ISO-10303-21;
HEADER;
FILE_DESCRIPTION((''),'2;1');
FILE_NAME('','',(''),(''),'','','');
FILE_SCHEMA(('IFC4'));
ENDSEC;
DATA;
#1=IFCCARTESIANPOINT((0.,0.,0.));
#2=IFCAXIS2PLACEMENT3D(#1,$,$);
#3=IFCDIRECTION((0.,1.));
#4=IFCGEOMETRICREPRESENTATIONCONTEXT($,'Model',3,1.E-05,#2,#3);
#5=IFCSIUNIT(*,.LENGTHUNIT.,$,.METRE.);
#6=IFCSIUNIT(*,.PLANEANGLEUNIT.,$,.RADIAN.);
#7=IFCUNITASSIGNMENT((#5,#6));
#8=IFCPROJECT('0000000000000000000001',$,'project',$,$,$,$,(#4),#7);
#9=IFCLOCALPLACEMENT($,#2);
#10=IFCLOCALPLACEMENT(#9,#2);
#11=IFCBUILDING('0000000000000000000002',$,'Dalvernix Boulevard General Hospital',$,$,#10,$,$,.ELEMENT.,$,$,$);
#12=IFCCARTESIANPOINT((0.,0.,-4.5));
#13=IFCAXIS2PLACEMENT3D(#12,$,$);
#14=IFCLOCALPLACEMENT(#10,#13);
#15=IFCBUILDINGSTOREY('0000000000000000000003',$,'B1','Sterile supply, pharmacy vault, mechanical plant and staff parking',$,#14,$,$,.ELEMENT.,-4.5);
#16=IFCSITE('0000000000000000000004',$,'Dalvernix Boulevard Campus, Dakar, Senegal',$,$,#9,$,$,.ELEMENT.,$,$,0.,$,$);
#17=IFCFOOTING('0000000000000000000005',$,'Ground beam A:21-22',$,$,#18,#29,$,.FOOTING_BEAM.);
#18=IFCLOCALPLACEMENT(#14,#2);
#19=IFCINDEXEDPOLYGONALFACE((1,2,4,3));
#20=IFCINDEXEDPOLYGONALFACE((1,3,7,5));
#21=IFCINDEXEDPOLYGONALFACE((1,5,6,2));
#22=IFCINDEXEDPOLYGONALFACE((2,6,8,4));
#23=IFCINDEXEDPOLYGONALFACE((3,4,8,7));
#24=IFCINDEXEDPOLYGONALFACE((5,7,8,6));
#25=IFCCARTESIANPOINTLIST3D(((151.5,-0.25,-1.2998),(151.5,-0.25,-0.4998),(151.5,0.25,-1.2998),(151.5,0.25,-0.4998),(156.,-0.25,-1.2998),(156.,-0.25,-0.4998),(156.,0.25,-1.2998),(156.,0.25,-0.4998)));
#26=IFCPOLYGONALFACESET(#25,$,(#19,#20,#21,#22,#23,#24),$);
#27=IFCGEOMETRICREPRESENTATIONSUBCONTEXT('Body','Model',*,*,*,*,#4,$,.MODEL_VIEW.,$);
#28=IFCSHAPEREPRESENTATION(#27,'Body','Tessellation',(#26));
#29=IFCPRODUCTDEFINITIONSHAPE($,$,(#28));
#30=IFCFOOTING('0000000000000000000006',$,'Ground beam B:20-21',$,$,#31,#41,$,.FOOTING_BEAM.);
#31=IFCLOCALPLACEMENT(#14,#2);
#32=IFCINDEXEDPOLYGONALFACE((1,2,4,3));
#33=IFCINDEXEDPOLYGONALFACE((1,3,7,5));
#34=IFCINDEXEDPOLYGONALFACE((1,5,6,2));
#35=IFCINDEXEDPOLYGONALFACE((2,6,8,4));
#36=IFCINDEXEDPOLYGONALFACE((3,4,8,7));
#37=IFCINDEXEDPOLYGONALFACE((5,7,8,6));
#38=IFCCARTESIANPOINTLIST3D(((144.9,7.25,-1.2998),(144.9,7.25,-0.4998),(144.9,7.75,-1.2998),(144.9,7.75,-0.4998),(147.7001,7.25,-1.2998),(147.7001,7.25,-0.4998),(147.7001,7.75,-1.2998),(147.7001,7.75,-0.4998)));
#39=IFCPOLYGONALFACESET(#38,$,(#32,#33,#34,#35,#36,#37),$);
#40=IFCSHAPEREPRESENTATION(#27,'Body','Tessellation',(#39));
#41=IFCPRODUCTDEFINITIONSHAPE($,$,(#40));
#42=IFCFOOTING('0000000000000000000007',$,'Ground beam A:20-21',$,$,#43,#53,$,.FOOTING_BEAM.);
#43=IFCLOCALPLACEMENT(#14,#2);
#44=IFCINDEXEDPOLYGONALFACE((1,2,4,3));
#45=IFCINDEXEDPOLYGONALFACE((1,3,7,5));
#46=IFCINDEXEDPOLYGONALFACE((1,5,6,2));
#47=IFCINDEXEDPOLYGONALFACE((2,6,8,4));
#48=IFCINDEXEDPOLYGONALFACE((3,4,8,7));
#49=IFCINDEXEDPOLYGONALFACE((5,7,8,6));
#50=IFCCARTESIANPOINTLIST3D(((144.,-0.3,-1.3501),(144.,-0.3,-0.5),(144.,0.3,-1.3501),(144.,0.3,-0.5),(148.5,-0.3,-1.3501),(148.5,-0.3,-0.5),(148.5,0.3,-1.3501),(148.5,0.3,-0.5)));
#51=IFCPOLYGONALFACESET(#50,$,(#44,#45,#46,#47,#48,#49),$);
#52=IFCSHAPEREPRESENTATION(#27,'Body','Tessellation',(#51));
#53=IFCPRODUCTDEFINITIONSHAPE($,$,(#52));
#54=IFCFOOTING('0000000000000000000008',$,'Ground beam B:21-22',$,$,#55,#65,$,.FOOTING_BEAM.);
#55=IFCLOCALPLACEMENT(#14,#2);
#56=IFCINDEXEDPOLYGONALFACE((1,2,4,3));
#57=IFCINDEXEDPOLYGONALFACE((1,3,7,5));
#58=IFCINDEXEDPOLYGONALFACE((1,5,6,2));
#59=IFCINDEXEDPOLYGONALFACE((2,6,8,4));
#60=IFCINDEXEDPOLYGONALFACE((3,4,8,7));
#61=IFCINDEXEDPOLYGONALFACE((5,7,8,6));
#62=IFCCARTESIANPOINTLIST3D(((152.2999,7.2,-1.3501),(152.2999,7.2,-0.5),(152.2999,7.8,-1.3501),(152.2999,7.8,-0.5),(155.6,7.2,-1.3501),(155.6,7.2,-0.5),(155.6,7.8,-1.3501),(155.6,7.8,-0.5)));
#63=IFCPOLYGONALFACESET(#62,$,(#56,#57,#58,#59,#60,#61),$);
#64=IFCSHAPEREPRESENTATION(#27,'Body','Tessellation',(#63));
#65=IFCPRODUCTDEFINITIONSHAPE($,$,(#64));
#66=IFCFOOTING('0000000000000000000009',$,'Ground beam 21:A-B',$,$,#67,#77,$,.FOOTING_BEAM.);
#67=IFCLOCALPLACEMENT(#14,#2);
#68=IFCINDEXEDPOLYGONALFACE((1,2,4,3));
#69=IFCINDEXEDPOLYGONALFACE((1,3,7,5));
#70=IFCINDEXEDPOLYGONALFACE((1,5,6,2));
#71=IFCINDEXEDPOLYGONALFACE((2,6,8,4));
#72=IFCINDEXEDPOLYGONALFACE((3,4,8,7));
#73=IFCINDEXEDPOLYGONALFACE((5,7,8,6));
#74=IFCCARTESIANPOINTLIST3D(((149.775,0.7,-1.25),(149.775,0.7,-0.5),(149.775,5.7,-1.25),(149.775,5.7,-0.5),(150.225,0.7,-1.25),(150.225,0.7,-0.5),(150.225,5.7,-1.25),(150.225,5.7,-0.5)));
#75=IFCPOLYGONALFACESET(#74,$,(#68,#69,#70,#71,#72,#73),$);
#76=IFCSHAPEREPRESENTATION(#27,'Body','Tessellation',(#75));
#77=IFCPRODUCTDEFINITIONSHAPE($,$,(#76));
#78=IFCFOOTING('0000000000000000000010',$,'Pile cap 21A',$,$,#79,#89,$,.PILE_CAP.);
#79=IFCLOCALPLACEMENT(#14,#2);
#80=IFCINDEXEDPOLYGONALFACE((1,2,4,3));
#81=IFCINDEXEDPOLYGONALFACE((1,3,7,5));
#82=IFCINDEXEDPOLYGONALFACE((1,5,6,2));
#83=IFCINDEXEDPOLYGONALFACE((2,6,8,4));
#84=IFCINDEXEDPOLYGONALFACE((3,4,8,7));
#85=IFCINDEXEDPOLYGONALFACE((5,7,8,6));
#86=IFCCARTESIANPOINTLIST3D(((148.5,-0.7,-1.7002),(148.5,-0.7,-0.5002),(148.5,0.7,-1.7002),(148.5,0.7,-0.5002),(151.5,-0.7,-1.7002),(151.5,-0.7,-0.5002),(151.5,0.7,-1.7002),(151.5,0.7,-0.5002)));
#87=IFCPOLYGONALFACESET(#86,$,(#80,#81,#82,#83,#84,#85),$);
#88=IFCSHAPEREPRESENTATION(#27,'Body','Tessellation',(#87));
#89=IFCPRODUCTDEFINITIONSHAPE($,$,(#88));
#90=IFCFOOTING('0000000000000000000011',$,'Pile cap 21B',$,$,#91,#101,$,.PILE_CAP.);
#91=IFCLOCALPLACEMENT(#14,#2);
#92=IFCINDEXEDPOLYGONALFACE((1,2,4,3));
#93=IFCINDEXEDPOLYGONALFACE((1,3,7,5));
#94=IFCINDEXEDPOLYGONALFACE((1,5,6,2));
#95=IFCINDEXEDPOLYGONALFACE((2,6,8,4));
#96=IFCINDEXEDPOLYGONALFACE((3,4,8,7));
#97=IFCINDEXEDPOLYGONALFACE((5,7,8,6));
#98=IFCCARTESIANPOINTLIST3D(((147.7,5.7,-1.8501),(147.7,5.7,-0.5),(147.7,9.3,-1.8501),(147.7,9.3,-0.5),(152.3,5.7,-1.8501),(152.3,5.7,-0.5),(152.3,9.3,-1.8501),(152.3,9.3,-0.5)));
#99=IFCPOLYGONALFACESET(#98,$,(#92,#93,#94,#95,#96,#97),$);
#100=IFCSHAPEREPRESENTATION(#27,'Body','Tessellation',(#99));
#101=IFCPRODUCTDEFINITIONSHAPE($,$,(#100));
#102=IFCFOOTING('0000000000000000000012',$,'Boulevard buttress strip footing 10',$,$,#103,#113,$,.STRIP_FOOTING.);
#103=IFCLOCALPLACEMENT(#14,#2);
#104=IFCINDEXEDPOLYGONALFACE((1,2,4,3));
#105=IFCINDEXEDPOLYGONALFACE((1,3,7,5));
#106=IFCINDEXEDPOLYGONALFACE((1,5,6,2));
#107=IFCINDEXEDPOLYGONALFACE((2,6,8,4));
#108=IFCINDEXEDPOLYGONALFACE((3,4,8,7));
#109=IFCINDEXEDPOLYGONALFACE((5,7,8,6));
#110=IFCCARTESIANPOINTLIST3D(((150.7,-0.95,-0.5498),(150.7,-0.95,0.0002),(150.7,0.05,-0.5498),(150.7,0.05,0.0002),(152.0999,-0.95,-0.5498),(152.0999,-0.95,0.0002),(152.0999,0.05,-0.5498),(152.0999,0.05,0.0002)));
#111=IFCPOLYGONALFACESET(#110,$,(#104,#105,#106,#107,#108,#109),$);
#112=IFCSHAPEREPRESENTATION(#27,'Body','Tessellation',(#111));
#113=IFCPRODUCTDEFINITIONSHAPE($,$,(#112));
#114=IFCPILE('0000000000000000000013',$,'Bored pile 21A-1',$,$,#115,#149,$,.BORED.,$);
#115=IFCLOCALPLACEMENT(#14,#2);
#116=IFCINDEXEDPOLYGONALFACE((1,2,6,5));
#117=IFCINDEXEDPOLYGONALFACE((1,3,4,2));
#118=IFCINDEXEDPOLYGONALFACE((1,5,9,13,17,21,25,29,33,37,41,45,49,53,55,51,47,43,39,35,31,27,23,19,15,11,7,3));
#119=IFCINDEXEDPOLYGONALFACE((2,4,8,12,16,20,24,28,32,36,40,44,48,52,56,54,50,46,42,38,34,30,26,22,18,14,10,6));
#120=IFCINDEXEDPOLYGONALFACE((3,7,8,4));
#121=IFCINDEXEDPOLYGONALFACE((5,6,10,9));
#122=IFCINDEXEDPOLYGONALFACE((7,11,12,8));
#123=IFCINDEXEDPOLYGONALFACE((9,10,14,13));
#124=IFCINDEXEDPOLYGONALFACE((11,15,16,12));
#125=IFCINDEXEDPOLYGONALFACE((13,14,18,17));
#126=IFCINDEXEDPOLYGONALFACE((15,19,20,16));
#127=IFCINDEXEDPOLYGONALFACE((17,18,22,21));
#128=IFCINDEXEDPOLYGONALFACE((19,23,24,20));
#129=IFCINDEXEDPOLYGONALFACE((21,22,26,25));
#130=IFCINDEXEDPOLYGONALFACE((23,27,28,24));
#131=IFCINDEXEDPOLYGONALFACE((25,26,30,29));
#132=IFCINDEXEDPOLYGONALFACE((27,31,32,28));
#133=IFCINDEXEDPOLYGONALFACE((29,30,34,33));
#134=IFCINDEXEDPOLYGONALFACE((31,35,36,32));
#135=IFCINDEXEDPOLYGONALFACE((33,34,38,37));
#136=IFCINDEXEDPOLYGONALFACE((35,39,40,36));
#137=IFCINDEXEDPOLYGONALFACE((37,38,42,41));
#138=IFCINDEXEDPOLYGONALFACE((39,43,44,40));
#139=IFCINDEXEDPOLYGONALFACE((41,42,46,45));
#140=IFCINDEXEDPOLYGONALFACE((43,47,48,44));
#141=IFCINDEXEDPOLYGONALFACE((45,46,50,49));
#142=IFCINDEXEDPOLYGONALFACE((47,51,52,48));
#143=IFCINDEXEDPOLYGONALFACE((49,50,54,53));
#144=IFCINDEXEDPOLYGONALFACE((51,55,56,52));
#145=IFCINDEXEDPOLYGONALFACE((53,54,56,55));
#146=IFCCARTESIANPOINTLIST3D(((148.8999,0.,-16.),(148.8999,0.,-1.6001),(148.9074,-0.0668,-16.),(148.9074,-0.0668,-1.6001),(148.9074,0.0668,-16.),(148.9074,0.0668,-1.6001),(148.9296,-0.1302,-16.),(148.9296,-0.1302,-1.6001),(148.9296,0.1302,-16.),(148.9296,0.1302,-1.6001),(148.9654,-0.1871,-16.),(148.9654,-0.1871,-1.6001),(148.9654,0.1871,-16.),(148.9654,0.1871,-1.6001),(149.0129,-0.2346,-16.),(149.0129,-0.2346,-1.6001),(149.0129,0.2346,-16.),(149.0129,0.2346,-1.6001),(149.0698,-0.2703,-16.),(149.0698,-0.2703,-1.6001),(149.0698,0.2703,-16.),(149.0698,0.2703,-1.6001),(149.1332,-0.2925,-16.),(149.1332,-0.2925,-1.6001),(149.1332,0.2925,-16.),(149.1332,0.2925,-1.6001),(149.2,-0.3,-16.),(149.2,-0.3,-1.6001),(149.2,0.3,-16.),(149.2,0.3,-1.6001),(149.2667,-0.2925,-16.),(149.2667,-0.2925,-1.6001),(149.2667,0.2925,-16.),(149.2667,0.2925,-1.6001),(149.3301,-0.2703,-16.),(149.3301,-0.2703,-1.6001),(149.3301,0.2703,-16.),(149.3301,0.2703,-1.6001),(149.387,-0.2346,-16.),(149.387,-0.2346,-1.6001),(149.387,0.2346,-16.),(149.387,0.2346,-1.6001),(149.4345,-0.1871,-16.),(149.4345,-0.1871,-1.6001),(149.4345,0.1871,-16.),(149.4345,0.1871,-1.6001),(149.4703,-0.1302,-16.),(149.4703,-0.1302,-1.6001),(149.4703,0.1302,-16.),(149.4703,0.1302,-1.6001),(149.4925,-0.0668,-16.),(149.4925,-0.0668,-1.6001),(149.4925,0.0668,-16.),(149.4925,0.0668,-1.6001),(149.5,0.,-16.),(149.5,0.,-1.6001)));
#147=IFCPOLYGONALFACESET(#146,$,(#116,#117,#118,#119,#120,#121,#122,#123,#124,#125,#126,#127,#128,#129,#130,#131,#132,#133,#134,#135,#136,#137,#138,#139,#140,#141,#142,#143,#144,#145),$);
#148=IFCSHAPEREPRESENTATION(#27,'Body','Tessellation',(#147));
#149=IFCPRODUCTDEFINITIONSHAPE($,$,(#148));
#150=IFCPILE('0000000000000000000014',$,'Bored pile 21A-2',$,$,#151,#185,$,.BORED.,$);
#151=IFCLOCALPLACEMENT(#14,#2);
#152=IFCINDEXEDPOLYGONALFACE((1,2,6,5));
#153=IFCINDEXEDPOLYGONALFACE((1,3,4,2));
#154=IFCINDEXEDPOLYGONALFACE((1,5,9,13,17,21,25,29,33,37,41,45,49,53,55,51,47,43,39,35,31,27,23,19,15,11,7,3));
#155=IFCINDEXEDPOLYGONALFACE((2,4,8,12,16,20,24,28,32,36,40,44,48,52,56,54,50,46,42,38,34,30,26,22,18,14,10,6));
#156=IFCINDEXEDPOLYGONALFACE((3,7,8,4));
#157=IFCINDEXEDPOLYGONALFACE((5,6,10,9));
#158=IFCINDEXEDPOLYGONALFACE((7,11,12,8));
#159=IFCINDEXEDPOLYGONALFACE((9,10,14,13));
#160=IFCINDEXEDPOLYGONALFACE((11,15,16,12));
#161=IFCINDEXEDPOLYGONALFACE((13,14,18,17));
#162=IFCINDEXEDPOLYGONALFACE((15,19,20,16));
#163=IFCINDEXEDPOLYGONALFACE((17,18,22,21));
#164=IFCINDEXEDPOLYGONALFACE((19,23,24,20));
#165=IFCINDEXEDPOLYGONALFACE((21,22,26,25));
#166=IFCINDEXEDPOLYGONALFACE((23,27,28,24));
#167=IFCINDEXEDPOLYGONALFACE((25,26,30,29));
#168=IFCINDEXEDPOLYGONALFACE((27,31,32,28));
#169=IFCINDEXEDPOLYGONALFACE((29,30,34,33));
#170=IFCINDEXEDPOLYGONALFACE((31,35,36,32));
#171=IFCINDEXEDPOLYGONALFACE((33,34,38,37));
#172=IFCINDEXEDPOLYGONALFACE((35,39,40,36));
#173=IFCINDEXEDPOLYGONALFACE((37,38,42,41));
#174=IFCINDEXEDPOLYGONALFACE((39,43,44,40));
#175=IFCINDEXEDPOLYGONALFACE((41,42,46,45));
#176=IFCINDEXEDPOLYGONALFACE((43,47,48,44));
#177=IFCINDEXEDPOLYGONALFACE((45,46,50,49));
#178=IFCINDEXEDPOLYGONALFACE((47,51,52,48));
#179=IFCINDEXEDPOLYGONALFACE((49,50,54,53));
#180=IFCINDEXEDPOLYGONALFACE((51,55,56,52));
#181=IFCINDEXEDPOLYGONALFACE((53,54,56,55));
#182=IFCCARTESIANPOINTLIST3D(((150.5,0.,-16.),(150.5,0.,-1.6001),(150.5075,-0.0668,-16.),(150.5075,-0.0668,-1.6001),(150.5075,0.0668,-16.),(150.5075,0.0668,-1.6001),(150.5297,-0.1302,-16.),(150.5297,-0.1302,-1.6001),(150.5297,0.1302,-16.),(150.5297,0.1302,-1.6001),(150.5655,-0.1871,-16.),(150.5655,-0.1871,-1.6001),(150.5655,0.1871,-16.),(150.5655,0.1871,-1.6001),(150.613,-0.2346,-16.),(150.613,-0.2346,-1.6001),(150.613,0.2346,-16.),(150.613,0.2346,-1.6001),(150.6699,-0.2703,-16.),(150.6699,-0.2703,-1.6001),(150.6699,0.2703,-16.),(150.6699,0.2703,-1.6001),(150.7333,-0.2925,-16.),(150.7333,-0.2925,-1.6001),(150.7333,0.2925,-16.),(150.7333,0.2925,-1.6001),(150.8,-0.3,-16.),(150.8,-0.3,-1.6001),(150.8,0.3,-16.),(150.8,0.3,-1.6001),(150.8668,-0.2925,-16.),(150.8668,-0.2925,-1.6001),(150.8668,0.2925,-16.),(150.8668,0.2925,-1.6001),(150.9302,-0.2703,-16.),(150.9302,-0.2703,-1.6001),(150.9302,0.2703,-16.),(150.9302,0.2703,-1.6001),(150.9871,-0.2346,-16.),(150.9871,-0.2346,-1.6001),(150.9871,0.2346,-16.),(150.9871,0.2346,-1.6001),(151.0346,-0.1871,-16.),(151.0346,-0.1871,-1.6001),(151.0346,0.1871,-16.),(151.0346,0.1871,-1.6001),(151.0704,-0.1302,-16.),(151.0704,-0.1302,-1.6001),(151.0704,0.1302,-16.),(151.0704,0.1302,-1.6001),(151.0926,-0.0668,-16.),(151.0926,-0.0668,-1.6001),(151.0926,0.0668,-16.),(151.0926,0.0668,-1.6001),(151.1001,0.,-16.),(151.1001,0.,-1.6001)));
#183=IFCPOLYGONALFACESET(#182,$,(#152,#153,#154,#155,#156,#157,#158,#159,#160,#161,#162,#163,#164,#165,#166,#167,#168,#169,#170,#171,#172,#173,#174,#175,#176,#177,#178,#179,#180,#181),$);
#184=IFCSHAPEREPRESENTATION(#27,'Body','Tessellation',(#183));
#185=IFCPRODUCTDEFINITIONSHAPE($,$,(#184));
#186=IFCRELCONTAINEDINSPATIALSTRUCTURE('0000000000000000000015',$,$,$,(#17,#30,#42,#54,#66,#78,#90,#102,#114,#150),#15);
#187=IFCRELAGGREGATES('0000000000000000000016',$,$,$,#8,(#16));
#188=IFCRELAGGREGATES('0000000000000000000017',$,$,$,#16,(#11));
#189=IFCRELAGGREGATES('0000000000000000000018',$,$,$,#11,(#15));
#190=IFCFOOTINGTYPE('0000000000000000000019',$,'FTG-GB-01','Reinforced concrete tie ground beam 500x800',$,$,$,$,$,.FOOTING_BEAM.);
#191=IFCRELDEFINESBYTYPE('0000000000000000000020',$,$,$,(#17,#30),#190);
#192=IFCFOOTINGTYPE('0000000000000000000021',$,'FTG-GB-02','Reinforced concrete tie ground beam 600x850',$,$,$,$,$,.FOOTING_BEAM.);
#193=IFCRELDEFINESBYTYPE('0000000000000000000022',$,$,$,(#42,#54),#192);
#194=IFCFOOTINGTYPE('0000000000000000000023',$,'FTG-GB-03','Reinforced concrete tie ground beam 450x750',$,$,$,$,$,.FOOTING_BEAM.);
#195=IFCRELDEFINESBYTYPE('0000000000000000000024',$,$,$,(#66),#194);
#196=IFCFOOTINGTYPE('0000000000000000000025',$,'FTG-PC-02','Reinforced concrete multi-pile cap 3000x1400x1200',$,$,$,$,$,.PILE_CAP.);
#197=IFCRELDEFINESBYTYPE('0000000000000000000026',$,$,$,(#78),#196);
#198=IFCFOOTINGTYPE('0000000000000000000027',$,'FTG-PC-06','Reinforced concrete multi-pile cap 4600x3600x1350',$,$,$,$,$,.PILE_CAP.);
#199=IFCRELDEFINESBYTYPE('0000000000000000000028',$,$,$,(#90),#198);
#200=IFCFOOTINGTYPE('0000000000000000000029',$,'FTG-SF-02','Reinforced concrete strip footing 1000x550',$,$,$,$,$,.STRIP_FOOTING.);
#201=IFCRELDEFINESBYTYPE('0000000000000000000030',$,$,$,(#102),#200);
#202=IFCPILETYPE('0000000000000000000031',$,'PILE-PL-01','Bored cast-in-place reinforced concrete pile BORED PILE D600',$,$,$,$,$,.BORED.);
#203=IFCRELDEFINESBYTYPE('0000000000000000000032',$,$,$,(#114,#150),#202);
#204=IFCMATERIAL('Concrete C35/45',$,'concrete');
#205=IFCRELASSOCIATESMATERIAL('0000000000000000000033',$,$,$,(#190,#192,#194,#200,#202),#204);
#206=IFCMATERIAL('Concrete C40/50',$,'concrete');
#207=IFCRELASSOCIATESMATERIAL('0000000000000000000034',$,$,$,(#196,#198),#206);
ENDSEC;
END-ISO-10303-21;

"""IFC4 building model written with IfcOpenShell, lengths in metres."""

from ifc_helpers import new_model, si_unit, direction, frame, origin, origin_2d, place, context, subcontext, project, spatial, rectangle, circle, extrude, material, material_profile, profile_set, type_object, element, save


model = new_model("IFC4")

# Units and contexts
model_context = context("Model", 3, precision=1e-05, world=origin(), true_north=direction((0.0, 1.0)))
body_context = subcontext(model_context, "Body", "Model", "MODEL_VIEW")
ifc_project = project(units=[si_unit("LENGTHUNIT", "METRE"), si_unit("PLANEANGLEUNIT", "RADIAN")], contexts=[model_context])

# Site, building, storey
site_placement = place(None, origin())
site = spatial("IfcSite", under=ifc_project, at=site_placement, Name="Dalvernix Boulevard Campus, Dakar, Senegal", CompositionType="ELEMENT", RefElevation=0.0)
building_placement = place(site_placement, origin())
building = spatial("IfcBuilding", under=site, at=building_placement, Name="Dalvernix Boulevard General Hospital", CompositionType="ELEMENT")
storey_placement = place(building_placement, frame((0.0, 0.0, -4.5)))
storey = spatial("IfcBuildingStorey", under=building, at=storey_placement, Name="B1", Description="Sterile supply, pharmacy vault, mechanical plant and staff parking", CompositionType="ELEMENT", Elevation=-4.5)

# Footings
ifc_material_1 = material(Name="Concrete C35/45", Category="concrete")
footing_type_1 = type_object("IfcFootingType", Name="FTG-GB-01", Description="Reinforced concrete tie ground beam 500x800", PredefinedType="FOOTING_BEAM", material=ifc_material_1)
footing_1_placement = place(storey_placement, frame((153.75, 0.0, -1.2998), z_axis=(0.0, 0.0, 1.0), x_axis=(1.0, 0.0, 0.0)))
element("IfcFooting", 1, at=footing_1_placement, inside=storey, type_object=footing_type_1, Name="Ground beam A:21-22", PredefinedType="FOOTING_BEAM", context=body_context, shape_type="SweptSolid", body=[
    extrude(rectangle(XDim=4.5, YDim=0.5, at=origin_2d()), origin(), (0.0, 0.0, 1.0), 0.8),
])
footing_2_placement = place(storey_placement, frame((146.3, 7.5, -1.2998), z_axis=(0.0, 0.0, 1.0), x_axis=(1.0, 0.0, 0.0)))
element("IfcFooting", 2, at=footing_2_placement, inside=storey, type_object=footing_type_1, Name="Ground beam B:20-21", PredefinedType="FOOTING_BEAM", context=body_context, shape_type="SweptSolid", body=[
    extrude(rectangle(XDim=2.8, YDim=0.5, at=origin_2d()), origin(), (0.0, 0.0, 1.0), 0.8),
])
footing_type_2 = type_object("IfcFootingType", Name="FTG-GB-02", Description="Reinforced concrete tie ground beam 600x850", PredefinedType="FOOTING_BEAM", material=ifc_material_1)
footing_3_placement = place(storey_placement, frame((146.25, 0.0, -1.3501), z_axis=(0.0, 0.0, 1.0), x_axis=(1.0, 0.0, 0.0)))
element("IfcFooting", 3, at=footing_3_placement, inside=storey, type_object=footing_type_2, Name="Ground beam A:20-21", PredefinedType="FOOTING_BEAM", context=body_context, shape_type="SweptSolid", body=[
    extrude(rectangle(XDim=4.5, YDim=0.6001, at=origin_2d()), origin(), (0.0, 0.0, 1.0), 0.8501),
])
footing_4_placement = place(storey_placement, frame((153.95, 7.5, -1.3501), z_axis=(0.0, 0.0, 1.0), x_axis=(1.0, 0.0, 0.0)))
element("IfcFooting", 4, at=footing_4_placement, inside=storey, type_object=footing_type_2, Name="Ground beam B:21-22", PredefinedType="FOOTING_BEAM", context=body_context, shape_type="SweptSolid", body=[
    extrude(rectangle(XDim=3.3, YDim=0.6001, at=origin_2d()), origin(), (0.0, 0.0, 1.0), 0.8501),
])
footing_type_3 = type_object("IfcFootingType", Name="FTG-GB-03", Description="Reinforced concrete tie ground beam 450x750", PredefinedType="FOOTING_BEAM", material=ifc_material_1)
footing_5_placement = place(storey_placement, frame((150.0, 3.2, -1.25), z_axis=(0.0, 0.0, 1.0), x_axis=(0.0, 1.0, 0.0)))
element("IfcFooting", 5, at=footing_5_placement, inside=storey, type_object=footing_type_3, Name="Ground beam 21:A-B", PredefinedType="FOOTING_BEAM", context=body_context, shape_type="SweptSolid", body=[
    extrude(rectangle(XDim=5.0, YDim=0.45, at=origin_2d()), origin(), (0.0, 0.0, 1.0), 0.75),
])
ifc_material_2 = material(Name="Concrete C40/50", Category="concrete")
footing_type_4 = type_object("IfcFootingType", Name="FTG-PC-02", Description="Reinforced concrete multi-pile cap 3000x1400x1200", PredefinedType="PILE_CAP", material=ifc_material_2)
footing_6_placement = place(storey_placement, frame((150.0, 0.0, -1.7002), z_axis=(0.0, 0.0, 1.0), x_axis=(1.0, 0.0, 0.0)))
element("IfcFooting", 6, at=footing_6_placement, inside=storey, type_object=footing_type_4, Name="Pile cap 21A", PredefinedType="PILE_CAP", context=body_context, shape_type="SweptSolid", body=[
    extrude(rectangle(XDim=3.0, YDim=1.3999, at=origin_2d()), origin(), (0.0, 0.0, 1.0), 1.2),
])
footing_type_5 = type_object("IfcFootingType", Name="FTG-PC-06", Description="Reinforced concrete multi-pile cap 4600x3600x1350", PredefinedType="PILE_CAP", material=ifc_material_2)
footing_7_placement = place(storey_placement, frame((150.0, 7.5, -1.8501), z_axis=(0.0, 0.0, 1.0), x_axis=(1.0, 0.0, 0.0)))
element("IfcFooting", 7, at=footing_7_placement, inside=storey, type_object=footing_type_5, Name="Pile cap 21B", PredefinedType="PILE_CAP", context=body_context, shape_type="SweptSolid", body=[
    extrude(rectangle(XDim=4.6001, YDim=3.6001, at=origin_2d()), origin(), (0.0, 0.0, 1.0), 1.3501),
])
footing_type_6 = type_object("IfcFootingType", Name="FTG-SF-02", Description="Reinforced concrete strip footing 1000x550", PredefinedType="STRIP_FOOTING", material=ifc_material_1)
footing_8_placement = place(storey_placement, frame((151.3999, -0.45, -0.5498), z_axis=(0.0, 0.0, 1.0), x_axis=(1.0, 0.0, 0.0)))
element("IfcFooting", 8, at=footing_8_placement, inside=storey, type_object=footing_type_6, Name="Boulevard buttress strip footing 10", PredefinedType="STRIP_FOOTING", context=body_context, shape_type="SweptSolid", body=[
    extrude(rectangle(XDim=1.3999, YDim=1.0, at=origin_2d()), origin(), (0.0, 0.0, 1.0), 0.55),
])

# Piles
ifc_material_profile_1 = material_profile(ifc_material_1, circle(Radius=0.3, at=origin_2d()), Name="BORED PILE D600")
ifc_profile_set_1 = profile_set([ifc_material_profile_1], Name="Concrete C35/45")
pile_type_1 = type_object("IfcPileType", Name="PILE-PL-01", Description="Bored cast-in-place reinforced concrete pile BORED PILE D600", PredefinedType="BORED", material=ifc_profile_set_1)
for number, where, z_axis, x_axis, name in (
    (9, (149.2, 0.0, -1.6001), (0.0, 0.0, -1.0), (1.0, 0.0, 0.0), "Bored pile 21A-1"),
    (10, (150.8, 0.0, -1.6001), (0.0, 0.0, -1.0), (1.0, 0.0, 0.0), "Bored pile 21A-2"),
):
    element("IfcPile", number, at=place(storey_placement, frame(where, z_axis=z_axis, x_axis=x_axis)), inside=storey, type_object=pile_type_1, Name=name, PredefinedType="BORED", context=body_context, shape_type="SweptSolid", body=[
        extrude(circle(Radius=0.3, at=origin_2d()), origin(), (0.0, 0.0, 1.0), 14.3999),
    ])

save(model, "model.ifc")
